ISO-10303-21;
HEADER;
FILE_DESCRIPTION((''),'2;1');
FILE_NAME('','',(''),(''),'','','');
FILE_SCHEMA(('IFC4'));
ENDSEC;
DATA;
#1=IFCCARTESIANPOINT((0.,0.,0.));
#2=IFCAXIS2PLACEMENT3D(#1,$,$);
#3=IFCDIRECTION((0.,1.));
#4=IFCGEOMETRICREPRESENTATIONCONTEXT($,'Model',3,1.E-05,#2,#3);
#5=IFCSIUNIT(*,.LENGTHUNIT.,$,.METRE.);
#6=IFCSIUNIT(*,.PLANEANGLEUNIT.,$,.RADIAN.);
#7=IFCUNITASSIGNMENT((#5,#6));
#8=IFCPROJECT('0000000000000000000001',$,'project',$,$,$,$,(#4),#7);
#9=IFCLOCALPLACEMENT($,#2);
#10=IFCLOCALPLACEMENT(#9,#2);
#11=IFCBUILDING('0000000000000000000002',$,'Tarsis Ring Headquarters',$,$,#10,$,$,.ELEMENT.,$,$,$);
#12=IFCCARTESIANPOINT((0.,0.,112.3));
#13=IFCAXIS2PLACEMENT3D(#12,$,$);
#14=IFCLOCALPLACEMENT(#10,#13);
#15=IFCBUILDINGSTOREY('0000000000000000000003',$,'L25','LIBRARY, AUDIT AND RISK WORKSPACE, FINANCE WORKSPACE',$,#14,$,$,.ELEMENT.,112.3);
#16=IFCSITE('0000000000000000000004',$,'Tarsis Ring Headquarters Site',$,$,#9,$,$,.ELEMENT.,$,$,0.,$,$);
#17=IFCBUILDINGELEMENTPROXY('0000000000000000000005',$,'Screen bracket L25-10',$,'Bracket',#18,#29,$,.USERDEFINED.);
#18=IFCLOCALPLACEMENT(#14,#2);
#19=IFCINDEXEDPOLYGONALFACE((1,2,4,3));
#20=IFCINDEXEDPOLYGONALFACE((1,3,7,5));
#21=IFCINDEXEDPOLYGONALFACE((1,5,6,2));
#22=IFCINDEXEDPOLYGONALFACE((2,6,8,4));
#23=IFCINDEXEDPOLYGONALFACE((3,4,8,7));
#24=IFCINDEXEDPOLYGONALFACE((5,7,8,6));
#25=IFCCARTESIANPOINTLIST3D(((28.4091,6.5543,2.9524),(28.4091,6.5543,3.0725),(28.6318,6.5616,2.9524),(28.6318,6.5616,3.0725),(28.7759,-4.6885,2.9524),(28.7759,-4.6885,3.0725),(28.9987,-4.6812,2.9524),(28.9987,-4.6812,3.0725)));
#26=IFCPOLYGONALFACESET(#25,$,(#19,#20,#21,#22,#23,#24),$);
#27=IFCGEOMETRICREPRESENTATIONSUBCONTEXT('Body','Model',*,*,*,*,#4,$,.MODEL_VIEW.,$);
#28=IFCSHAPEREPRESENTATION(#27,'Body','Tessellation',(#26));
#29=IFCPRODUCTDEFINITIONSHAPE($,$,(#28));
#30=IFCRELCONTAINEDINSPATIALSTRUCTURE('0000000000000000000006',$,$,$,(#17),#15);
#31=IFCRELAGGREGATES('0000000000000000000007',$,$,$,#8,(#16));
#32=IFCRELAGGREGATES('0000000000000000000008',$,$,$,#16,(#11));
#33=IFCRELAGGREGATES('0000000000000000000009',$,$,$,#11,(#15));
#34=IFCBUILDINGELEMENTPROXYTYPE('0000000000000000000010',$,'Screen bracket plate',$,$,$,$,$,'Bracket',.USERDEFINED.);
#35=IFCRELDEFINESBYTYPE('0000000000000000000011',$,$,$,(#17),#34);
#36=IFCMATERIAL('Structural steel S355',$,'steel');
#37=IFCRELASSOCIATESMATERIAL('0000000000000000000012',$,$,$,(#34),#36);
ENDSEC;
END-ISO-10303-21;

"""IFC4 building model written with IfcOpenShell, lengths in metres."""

from ifc_helpers import new_model, si_unit, direction, frame, origin, origin_2d, place, context, subcontext, project, spatial, rectangle, extrude, material, type_object, element, save


model = new_model("IFC4")

# Units and contexts
model_context = context("Model", 3, precision=1e-05, world=origin(), true_north=direction((0.0, 1.0)))
body_context = subcontext(model_context, "Body", "Model", "MODEL_VIEW")
ifc_project = project(units=[si_unit("LENGTHUNIT", "METRE"), si_unit("PLANEANGLEUNIT", "RADIAN")], contexts=[model_context])

# Site, building, storey
site_placement = place(None, origin())
site = spatial("IfcSite", under=ifc_project, at=site_placement, Name="Tarsis Ring Headquarters Site", CompositionType="ELEMENT", RefElevation=0.0)
building_placement = place(site_placement, origin())
building = spatial("IfcBuilding", under=site, at=building_placement, Name="Tarsis Ring Headquarters", CompositionType="ELEMENT")
storey_placement = place(building_placement, frame((0.0, 0.0, 112.3)))
storey = spatial("IfcBuildingStorey", under=building, at=storey_placement, Name="L25", Description="LIBRARY, AUDIT AND RISK WORKSPACE, FINANCE WORKSPACE", CompositionType="ELEMENT", Elevation=112.3)

# Shared definitions
ifc_material_1 = material(Name="Structural steel S355", Category="steel")

# Building element proxy
building_element_proxy_type = type_object("IfcBuildingElementProxyType", Name="Screen bracket plate", ElementType="Bracket", PredefinedType="USERDEFINED", material=ifc_material_1)
proxy_placement = place(storey_placement, frame((28.7039, 0.9365, 2.9524), z_axis=(0.0, 0.0, 1.0), x_axis=(-0.03261, 0.999468, 0.0)))
element("IfcBuildingElementProxy", 1, at=proxy_placement, inside=storey, type_object=building_element_proxy_type, Name="Screen bracket L25-10", ObjectType="Bracket", PredefinedType="USERDEFINED", context=body_context, shape_type="SweptSolid", body=[
    extrude(rectangle(XDim=11.2488, YDim=0.2229, at=origin_2d()), origin(), (0.0, 0.0, 1.0), 0.1201),
])

save(model, "model.ifc")
